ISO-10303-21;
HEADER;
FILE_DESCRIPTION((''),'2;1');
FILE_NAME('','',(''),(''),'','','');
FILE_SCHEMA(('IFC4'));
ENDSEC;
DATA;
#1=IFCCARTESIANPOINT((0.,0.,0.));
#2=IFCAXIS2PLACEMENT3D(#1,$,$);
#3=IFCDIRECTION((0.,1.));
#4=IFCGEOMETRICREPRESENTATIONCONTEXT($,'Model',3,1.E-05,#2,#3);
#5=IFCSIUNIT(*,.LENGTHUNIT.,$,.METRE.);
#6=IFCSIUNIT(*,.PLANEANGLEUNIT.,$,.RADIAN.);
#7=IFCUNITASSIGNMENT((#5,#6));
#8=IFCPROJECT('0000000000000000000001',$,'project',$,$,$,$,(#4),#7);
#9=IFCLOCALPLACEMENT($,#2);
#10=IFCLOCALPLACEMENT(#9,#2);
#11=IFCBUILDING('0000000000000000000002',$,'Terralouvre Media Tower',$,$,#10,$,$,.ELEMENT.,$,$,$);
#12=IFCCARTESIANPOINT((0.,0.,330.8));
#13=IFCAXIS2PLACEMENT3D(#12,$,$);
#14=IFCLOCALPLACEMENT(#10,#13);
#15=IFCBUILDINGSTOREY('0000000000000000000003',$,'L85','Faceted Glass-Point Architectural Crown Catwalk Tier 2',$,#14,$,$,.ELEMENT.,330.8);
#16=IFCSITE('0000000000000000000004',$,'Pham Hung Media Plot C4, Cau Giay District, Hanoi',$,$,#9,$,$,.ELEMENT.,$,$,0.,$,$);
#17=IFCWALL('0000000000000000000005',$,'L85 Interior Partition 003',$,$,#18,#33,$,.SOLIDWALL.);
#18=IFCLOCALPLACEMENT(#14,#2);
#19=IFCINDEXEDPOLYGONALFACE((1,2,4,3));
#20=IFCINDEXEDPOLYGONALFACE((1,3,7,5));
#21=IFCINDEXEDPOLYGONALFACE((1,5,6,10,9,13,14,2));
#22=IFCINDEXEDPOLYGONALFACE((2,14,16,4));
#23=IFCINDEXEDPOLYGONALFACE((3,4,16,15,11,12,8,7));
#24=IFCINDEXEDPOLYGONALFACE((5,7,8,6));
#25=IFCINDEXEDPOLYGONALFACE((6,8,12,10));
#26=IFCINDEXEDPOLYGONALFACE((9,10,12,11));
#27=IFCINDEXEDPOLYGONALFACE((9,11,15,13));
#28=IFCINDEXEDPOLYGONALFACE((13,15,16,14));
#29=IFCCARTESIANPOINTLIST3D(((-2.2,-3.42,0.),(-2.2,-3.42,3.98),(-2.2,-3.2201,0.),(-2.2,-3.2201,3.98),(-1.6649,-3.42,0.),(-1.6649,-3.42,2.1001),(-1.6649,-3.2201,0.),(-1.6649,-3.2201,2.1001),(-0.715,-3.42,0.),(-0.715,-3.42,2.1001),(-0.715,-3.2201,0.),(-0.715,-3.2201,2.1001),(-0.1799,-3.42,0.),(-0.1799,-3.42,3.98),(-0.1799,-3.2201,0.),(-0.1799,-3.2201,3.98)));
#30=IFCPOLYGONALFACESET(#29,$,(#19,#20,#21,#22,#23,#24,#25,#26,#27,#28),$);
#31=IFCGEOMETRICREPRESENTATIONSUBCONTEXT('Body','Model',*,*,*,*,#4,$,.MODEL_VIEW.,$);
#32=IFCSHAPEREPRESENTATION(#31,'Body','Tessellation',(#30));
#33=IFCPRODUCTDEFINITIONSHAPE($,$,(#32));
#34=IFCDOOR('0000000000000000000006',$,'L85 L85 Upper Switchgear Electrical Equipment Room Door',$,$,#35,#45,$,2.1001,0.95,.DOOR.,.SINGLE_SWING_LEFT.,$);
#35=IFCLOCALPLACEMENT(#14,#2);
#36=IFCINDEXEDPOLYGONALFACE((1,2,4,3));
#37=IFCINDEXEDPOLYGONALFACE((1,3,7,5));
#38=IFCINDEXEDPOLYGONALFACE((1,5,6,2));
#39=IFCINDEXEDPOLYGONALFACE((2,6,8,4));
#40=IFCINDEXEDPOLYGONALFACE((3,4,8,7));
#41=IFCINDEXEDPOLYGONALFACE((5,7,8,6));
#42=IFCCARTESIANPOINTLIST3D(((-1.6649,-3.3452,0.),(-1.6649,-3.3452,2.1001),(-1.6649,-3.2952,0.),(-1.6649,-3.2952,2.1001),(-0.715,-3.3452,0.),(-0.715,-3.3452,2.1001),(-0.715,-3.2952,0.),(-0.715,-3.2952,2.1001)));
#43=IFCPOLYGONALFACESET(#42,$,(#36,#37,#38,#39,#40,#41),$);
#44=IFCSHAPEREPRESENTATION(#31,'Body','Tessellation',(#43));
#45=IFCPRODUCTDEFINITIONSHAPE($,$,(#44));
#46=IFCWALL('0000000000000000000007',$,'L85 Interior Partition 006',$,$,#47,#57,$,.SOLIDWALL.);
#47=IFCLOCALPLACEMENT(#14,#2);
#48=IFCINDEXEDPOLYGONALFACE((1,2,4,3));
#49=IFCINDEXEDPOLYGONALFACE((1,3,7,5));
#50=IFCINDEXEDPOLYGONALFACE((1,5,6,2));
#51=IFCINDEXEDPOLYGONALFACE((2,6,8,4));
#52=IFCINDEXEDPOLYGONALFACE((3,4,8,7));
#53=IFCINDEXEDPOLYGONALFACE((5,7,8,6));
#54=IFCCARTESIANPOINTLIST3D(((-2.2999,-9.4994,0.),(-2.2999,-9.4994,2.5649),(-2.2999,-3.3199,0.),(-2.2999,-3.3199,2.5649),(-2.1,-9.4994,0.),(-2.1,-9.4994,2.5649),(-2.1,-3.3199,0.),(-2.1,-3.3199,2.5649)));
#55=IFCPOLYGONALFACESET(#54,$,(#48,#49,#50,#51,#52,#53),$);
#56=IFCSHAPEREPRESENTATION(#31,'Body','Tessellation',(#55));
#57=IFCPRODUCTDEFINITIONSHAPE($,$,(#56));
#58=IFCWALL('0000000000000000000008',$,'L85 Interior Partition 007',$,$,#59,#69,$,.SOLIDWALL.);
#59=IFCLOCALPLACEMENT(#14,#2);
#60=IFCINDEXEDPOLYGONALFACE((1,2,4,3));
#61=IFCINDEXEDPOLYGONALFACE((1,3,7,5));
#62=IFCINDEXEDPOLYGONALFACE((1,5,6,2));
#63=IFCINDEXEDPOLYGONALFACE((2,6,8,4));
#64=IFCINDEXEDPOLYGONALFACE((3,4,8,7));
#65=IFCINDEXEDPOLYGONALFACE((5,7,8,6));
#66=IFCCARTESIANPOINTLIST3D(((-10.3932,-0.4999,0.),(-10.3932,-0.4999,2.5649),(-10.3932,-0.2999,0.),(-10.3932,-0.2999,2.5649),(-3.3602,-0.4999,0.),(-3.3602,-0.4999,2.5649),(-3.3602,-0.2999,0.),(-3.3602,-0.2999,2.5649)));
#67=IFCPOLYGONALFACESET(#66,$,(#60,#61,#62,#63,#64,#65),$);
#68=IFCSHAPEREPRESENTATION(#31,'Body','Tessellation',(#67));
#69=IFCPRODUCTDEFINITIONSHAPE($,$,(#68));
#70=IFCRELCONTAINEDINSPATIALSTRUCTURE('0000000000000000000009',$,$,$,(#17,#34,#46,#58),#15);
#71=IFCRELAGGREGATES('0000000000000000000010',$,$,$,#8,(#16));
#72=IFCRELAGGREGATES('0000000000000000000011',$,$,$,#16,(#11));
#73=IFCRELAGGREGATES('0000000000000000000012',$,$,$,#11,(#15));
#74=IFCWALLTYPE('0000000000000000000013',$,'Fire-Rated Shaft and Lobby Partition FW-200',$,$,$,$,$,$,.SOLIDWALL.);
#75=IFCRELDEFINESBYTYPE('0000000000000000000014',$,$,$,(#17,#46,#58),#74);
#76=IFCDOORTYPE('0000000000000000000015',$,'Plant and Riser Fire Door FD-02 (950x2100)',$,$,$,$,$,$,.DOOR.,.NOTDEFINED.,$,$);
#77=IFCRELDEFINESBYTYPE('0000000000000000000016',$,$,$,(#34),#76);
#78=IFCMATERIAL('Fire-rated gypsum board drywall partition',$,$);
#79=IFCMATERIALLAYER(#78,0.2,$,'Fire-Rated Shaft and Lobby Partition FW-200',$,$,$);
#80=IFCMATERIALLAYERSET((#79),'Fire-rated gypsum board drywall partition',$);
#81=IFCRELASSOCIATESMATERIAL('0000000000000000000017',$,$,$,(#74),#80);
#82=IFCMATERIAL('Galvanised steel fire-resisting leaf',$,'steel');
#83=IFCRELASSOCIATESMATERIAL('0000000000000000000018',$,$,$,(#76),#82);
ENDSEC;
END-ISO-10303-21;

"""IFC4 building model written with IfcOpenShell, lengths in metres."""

from ifc_helpers import new_model, si_unit, direction, frame, frame_2d, origin, place, context, subcontext, project, spatial, rectangle, extrude, material, layer, layer_set, type_object, element, fill, save


model = new_model("IFC4")

# Units and contexts
model_context = context("Model", 3, precision=1e-05, world=origin(), true_north=direction((0.0, 1.0)))
body_context = subcontext(model_context, "Body", "Model", "MODEL_VIEW")
ifc_project = project(units=[si_unit("LENGTHUNIT", "METRE"), si_unit("PLANEANGLEUNIT", "RADIAN")], contexts=[model_context])

# Site, building, storey
site_placement = place(None, origin())
site = spatial("IfcSite", under=ifc_project, at=site_placement, Name="Pham Hung Media Plot C4, Cau Giay District, Hanoi", CompositionType="ELEMENT", RefElevation=0.0)
building_placement = place(site_placement, origin())
building = spatial("IfcBuilding", under=site, at=building_placement, Name="Terralouvre Media Tower", CompositionType="ELEMENT")
storey_placement = place(building_placement, frame((0.0, 0.0, 330.8)))
storey = spatial("IfcBuildingStorey", under=building, at=storey_placement, Name="L85", Description="Faceted Glass-Point Architectural Crown Catwalk Tier 2", CompositionType="ELEMENT", Elevation=330.8)

# Shared definitions
ifc_material_1 = material(Name="Fire-rated gypsum board drywall partition")
ifc_layer_1 = layer(ifc_material_1, 0.2, Name="Fire-Rated Shaft and Lobby Partition FW-200")
ifc_layer_set_1 = layer_set([ifc_layer_1], Name="Fire-rated gypsum board drywall partition")
wall_type = type_object("IfcWallType", Name="Fire-Rated Shaft and Lobby Partition FW-200", PredefinedType="SOLIDWALL", material=ifc_layer_set_1)

# Shared definitions
ifc_material_2 = material(Name="Galvanised steel fire-resisting leaf", Category="steel")
door_type_1 = type_object("IfcDoorType", Name="Plant and Riser Fire Door FD-02 (950x2100)", OperationType="NOTDEFINED", PredefinedType="DOOR", material=ifc_material_2)

# Wall, opening, door
wall_1_placement = place(storey_placement, frame((-2.2, -3.3201, 0.0), z_axis=(0.0, 0.0, 1.0), x_axis=(1.0, 0.0, 0.0)))
wall_1 = element("IfcWall", 1, at=wall_1_placement, inside=storey, type_object=wall_type, Name="L85 Interior Partition 003", PredefinedType="SOLIDWALL", context=body_context, shape_type="SweptSolid", body=[
    extrude(rectangle(XDim=2.02, YDim=0.2, at=frame_2d((1.01, 0.0))), origin(), (0.0, 0.0, 1.0), 3.98),
])
opening_1_placement = place(wall_1_placement, frame((0.5349, 0.0, 0.0)))
opening_1 = element("IfcOpeningElement", 2, at=opening_1_placement, cuts=wall_1, PredefinedType="OPENING", context=body_context, shape_type="SweptSolid", body=[
    extrude(rectangle(XDim=0.95, YDim=2.1001, at=frame_2d((0.4751, 1.05))), frame((0.0, 0.1099, 0.0), z_axis=(0.0, -1.0, 0.0), x_axis=(1.0, 0.0, 0.0)), (0.0, 0.0, 1.0), 0.22),
])
door_1_placement = place(opening_1_placement, origin())
door_1 = element("IfcDoor", 3, at=door_1_placement, inside=storey, type_object=door_type_1, Name="L85 L85 Upper Switchgear Electrical Equipment Room Door", OperationType="SINGLE_SWING_LEFT", OverallHeight=2.1001, OverallWidth=0.95, PredefinedType="DOOR", context=body_context, shape_type="SweptSolid", body=[
    extrude(rectangle(XDim=0.95, YDim=2.1001, at=frame_2d((0.4751, 1.05))), frame((0.0, 0.0249, 0.0), z_axis=(0.0, -1.0, 0.0), x_axis=(1.0, 0.0, 0.0)), (0.0, 0.0, 1.0), 0.05),
])
fill(opening_1, door_1)

# Walls
wall_2_placement = place(storey_placement, frame((-2.2, -9.4995, 0.0), z_axis=(0.0, 0.0, 1.0), x_axis=(0.0, 1.0, 0.0)))
element("IfcWall", 4, at=wall_2_placement, inside=storey, type_object=wall_type, Name="L85 Interior Partition 006", PredefinedType="SOLIDWALL", context=body_context, shape_type="SweptSolid", body=[
    extrude(rectangle(XDim=6.1794, YDim=0.2, at=frame_2d((3.0898, 0.0))), origin(), (0.0, 0.0, 1.0), 2.5649),
])
wall_3_placement = place(storey_placement, frame((-3.3601, -0.3999, 0.0), z_axis=(0.0, 0.0, 1.0), x_axis=(-1.0, 0.0, 0.0)))
element("IfcWall", 5, at=wall_3_placement, inside=storey, type_object=wall_type, Name="L85 Interior Partition 007", PredefinedType="SOLIDWALL", context=body_context, shape_type="SweptSolid", body=[
    extrude(rectangle(XDim=7.033, YDim=0.2, at=frame_2d((3.5166, 0.0))), origin(), (0.0, 0.0, 1.0), 2.5649),
])

save(model, "model.ifc")
